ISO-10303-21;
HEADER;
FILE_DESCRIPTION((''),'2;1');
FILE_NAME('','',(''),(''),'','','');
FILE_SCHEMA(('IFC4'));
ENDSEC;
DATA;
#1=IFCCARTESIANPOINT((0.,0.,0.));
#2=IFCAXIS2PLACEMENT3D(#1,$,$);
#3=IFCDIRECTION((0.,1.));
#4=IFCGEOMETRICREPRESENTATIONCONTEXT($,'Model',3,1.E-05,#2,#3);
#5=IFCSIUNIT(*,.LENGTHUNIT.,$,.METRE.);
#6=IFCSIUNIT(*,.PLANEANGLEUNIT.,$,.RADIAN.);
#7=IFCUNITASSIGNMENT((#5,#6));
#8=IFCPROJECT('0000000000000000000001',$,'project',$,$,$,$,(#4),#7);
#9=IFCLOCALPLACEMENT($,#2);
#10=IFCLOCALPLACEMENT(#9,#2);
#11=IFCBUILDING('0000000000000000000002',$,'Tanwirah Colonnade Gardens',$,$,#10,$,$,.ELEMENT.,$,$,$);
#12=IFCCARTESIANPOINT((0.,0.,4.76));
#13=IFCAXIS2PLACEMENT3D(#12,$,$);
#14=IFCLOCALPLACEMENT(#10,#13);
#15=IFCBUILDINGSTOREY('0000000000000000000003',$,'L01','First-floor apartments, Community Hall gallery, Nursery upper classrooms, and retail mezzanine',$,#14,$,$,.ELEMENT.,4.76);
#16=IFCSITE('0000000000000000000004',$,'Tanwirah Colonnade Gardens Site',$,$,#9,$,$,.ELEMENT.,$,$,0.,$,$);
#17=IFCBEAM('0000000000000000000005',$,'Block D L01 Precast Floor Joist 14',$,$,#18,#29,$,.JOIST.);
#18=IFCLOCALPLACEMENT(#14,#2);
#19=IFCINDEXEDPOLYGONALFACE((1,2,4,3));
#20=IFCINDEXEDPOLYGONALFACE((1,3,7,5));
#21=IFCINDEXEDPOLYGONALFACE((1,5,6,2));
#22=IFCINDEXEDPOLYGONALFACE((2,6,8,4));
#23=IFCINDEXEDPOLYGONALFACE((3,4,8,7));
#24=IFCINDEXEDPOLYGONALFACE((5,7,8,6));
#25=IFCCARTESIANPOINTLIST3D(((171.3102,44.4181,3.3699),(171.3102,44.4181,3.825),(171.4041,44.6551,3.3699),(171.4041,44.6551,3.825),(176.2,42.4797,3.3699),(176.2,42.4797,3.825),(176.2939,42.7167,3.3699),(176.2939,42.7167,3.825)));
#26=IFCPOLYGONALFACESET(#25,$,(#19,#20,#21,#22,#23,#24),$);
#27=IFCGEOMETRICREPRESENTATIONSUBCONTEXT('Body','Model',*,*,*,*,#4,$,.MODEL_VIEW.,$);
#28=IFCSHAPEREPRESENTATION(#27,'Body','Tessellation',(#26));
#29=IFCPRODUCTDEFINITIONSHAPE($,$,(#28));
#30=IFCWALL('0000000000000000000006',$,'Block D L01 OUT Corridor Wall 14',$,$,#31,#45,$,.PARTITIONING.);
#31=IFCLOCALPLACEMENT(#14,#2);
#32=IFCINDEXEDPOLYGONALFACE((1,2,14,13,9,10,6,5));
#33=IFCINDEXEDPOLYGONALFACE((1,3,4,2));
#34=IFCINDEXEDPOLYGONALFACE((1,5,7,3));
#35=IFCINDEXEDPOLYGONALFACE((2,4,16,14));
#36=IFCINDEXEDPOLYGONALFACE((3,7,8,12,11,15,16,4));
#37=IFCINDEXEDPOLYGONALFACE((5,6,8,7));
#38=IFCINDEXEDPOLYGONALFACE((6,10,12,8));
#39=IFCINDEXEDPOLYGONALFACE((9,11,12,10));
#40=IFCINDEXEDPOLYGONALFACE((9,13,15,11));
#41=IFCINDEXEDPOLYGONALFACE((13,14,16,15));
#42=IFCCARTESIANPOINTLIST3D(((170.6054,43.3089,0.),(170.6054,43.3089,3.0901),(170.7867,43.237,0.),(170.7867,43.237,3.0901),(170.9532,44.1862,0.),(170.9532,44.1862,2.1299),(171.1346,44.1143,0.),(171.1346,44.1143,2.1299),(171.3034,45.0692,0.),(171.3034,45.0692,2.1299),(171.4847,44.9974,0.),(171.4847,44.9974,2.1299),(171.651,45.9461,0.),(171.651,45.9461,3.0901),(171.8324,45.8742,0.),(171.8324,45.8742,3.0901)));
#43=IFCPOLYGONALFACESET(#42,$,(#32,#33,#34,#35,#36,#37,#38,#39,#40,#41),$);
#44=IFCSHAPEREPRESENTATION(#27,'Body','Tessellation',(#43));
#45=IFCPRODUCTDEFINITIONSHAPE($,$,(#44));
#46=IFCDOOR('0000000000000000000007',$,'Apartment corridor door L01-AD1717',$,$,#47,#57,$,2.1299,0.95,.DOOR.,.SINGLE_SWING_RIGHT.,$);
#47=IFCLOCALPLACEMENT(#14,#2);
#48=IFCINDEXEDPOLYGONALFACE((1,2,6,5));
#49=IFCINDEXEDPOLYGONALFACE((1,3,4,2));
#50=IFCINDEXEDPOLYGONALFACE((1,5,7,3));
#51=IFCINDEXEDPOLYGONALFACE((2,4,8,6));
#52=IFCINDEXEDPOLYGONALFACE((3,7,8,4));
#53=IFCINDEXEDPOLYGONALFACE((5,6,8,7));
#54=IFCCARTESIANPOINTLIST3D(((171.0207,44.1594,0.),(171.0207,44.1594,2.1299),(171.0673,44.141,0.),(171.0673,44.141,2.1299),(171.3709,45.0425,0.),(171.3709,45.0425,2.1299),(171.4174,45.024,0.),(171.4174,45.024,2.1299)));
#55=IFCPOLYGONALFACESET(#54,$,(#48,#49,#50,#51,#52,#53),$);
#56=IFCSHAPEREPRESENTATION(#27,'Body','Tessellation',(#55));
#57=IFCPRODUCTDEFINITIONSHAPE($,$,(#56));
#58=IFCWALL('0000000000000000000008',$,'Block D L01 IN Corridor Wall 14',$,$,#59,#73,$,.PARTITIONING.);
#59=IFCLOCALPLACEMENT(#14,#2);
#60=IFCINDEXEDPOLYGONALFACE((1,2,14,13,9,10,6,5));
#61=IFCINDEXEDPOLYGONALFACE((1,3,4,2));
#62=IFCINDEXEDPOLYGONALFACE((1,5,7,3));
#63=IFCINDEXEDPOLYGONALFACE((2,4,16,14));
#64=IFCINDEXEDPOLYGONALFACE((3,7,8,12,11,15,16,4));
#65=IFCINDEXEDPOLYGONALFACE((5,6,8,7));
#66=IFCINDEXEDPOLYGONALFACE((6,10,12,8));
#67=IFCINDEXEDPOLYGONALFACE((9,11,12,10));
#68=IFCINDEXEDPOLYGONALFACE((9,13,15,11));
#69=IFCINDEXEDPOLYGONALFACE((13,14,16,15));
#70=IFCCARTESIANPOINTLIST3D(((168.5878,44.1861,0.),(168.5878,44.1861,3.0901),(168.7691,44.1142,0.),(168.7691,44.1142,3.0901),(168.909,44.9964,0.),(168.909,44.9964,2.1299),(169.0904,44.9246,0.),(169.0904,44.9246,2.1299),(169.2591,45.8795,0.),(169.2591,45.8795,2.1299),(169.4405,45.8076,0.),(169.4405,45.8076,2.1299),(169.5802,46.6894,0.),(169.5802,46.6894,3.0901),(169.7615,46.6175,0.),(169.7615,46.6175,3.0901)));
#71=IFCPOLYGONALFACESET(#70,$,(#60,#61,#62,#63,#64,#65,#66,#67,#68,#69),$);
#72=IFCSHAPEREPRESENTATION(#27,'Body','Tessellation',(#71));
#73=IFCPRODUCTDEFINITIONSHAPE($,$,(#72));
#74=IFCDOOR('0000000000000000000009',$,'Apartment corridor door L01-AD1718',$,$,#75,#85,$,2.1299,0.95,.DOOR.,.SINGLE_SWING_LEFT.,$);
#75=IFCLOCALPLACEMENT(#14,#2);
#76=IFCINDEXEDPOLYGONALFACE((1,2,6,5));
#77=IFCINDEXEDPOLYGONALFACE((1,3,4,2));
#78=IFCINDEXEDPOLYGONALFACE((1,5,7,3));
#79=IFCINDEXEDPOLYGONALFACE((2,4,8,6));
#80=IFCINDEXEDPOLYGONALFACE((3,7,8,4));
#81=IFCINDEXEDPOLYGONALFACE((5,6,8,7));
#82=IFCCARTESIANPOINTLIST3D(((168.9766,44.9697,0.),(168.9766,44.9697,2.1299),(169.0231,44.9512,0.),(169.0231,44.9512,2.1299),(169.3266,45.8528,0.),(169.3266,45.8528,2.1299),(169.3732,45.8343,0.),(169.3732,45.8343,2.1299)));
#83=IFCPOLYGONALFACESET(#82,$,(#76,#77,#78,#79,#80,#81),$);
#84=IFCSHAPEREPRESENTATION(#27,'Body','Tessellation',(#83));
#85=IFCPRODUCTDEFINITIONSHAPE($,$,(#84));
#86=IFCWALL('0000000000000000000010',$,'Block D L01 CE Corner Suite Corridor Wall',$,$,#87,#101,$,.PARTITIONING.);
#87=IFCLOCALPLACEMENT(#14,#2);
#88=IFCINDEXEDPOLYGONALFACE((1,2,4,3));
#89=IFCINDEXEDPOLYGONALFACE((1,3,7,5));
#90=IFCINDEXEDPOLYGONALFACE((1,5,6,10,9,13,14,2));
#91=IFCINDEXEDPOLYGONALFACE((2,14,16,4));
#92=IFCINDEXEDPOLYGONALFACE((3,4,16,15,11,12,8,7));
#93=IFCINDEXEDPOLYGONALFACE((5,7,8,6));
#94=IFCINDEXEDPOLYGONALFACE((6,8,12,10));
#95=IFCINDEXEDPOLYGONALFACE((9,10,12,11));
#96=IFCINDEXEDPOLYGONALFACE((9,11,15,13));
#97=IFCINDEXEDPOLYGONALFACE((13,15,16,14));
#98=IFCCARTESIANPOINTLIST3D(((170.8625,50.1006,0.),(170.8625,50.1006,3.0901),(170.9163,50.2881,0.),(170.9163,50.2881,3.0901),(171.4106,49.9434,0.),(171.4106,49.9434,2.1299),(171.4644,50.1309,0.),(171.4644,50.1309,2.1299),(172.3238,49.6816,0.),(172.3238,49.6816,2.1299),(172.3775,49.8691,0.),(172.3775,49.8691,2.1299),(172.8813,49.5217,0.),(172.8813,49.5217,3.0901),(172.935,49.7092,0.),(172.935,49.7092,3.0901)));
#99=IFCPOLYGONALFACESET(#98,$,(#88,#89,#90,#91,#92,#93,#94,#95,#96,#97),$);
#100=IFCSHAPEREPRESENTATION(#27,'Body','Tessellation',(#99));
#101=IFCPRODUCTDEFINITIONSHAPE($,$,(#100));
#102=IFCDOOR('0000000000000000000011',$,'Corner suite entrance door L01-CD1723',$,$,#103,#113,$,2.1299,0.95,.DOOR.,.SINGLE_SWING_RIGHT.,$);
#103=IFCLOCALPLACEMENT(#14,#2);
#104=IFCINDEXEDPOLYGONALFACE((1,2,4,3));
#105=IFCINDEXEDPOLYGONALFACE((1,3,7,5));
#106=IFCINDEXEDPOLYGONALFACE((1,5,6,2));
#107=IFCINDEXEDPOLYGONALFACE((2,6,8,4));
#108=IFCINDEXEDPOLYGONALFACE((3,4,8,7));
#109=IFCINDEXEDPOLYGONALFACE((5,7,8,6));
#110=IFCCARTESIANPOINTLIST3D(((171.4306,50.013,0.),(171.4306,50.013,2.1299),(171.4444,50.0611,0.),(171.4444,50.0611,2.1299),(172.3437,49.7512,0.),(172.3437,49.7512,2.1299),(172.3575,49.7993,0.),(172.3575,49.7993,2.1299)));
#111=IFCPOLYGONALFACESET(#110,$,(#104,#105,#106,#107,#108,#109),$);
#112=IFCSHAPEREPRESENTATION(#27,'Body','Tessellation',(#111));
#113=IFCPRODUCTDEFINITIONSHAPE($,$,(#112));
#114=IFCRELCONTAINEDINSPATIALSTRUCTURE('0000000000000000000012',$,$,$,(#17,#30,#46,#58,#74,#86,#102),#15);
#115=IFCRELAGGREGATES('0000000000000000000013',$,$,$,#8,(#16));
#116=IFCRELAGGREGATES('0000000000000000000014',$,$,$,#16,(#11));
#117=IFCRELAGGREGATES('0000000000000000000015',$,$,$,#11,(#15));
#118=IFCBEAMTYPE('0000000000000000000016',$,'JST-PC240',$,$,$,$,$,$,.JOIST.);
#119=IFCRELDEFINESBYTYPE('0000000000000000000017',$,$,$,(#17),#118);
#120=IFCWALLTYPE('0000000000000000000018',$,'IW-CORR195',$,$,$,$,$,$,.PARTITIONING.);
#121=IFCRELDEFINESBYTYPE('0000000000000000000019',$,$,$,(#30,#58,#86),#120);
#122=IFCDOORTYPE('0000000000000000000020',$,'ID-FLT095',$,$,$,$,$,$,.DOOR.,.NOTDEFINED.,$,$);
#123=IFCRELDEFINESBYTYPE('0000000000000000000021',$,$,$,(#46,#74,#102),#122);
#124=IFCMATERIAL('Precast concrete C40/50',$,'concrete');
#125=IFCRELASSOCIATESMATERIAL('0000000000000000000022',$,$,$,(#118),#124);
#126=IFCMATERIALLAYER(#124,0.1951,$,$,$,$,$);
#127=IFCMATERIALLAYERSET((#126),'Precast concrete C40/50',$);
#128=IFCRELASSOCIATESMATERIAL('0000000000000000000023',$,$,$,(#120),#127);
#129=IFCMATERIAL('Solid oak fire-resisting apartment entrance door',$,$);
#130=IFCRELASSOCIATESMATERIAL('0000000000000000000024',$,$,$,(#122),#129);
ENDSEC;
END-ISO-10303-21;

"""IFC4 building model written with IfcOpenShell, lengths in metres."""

from ifc_helpers import new_model, si_unit, direction, frame, frame_2d, origin, origin_2d, place, context, subcontext, project, spatial, rectangle, extrude, material, layer, layer_set, material_profile, profile_set, type_object, element, fill, save


model = new_model("IFC4")

# Units and contexts
model_context = context("Model", 3, precision=1e-05, world=origin(), true_north=direction((0.0, 1.0)))
body_context = subcontext(model_context, "Body", "Model", "MODEL_VIEW")
ifc_project = project(units=[si_unit("LENGTHUNIT", "METRE"), si_unit("PLANEANGLEUNIT", "RADIAN")], contexts=[model_context])

# Site, building, storey
site_placement = place(None, origin())
site = spatial("IfcSite", under=ifc_project, at=site_placement, Name="Tanwirah Colonnade Gardens Site", CompositionType="ELEMENT", RefElevation=0.0)
building_placement = place(site_placement, origin())
building = spatial("IfcBuilding", under=site, at=building_placement, Name="Tanwirah Colonnade Gardens", CompositionType="ELEMENT")
storey_placement = place(building_placement, frame((0.0, 0.0, 4.76)))
storey = spatial("IfcBuildingStorey", under=building, at=storey_placement, Name="L01", Description="First-floor apartments, Community Hall gallery, Nursery upper classrooms, and retail mezzanine", CompositionType="ELEMENT", Elevation=4.76)

# Beam
ifc_material_1 = material(Name="Precast concrete C40/50", Category="concrete")
ifc_material_profile_1 = material_profile(ifc_material_1, rectangle(XDim=0.2549, YDim=0.4551, at=origin_2d()), Name="PC-JST 255x455")
ifc_profile_set_1 = profile_set([ifc_material_profile_1], Name="Precast concrete C40/50")
beam_type_1 = type_object("IfcBeamType", Name="JST-PC240", PredefinedType="JOIST", material=ifc_profile_set_1)
beam_1_placement = place(storey_placement, frame((171.3572, 44.5366, 3.5974), z_axis=(0.929618, -0.368524, 0.0), x_axis=(0.368524, 0.929618, 0.0)))
element("IfcBeam", 1, at=beam_1_placement, inside=storey, type_object=beam_type_1, Name="Block D L01 Precast Floor Joist 14", PredefinedType="JOIST", context=body_context, shape_type="SweptSolid", body=[
    extrude(rectangle(XDim=0.2549, YDim=0.4551, at=origin_2d()), origin(), (0.0, 0.0, 1.0), 5.26),
])

# Walls, openings, doors
ifc_layer = layer(ifc_material_1, 0.1951)
ifc_layer_set = layer_set([ifc_layer], Name="Precast concrete C40/50")
wall_type = type_object("IfcWallType", Name="IW-CORR195", PredefinedType="PARTITIONING", material=ifc_layer_set)
wall_1_placement = place(storey_placement, frame((170.696, 43.2729, 0.0), z_axis=(0.0, 0.0, 1.0), x_axis=(0.368585, 0.929594, 0.0)))
wall_1 = element("IfcWall", 2, at=wall_1_placement, inside=storey, type_object=wall_type, Name="Block D L01 OUT Corridor Wall 14", PredefinedType="PARTITIONING", context=body_context, shape_type="SweptSolid", body=[
    extrude(rectangle(XDim=2.8369, YDim=0.1951, at=frame_2d((1.4185, 0.0))), origin(), (0.0, 0.0, 1.0), 3.0901),
])
opening_1_placement = place(wall_1_placement, frame((0.9436, 0.0, 0.0)))
opening_1 = element("IfcOpeningElement", 3, at=opening_1_placement, cuts=wall_1, PredefinedType="OPENING", context=body_context, shape_type="SweptSolid", body=[
    extrude(rectangle(XDim=0.95, YDim=2.1299, at=frame_2d((0.4751, 1.0649))), frame((0.0, 0.1074, 0.0), z_axis=(0.0, -1.0, 0.0), x_axis=(1.0, 0.0, 0.0)), (0.0, 0.0, 1.0), 0.2151),
])
ifc_material_2 = material(Name="Solid oak fire-resisting apartment entrance door")
door_type_1 = type_object("IfcDoorType", Name="ID-FLT095", OperationType="NOTDEFINED", PredefinedType="DOOR", material=ifc_material_2)
door_1_placement = place(opening_1_placement, origin())
door_1 = element("IfcDoor", 4, at=door_1_placement, inside=storey, type_object=door_type_1, Name="Apartment corridor door L01-AD1717", OperationType="SINGLE_SWING_RIGHT", OverallHeight=2.1299, OverallWidth=0.95, PredefinedType="DOOR", context=body_context, shape_type="SweptSolid", body=[
    extrude(rectangle(XDim=0.95, YDim=2.1299, at=frame_2d((0.4751, 1.0649))), frame((0.0, 0.0249, 0.0), z_axis=(0.0, -1.0, 0.0), x_axis=(1.0, 0.0, 0.0)), (0.0, 0.0, 1.0), 0.05),
])
fill(opening_1, door_1)
wall_2_placement = place(storey_placement, frame((168.6785, 44.1501, 0.0), z_axis=(0.0, 0.0, 1.0), x_axis=(0.368528, 0.929616, 0.0)))
wall_2 = element("IfcWall", 5, at=wall_2_placement, inside=storey, type_object=wall_type, Name="Block D L01 IN Corridor Wall 14", PredefinedType="PARTITIONING", context=body_context, shape_type="SweptSolid", body=[
    extrude(rectangle(XDim=2.6929, YDim=0.1951, at=frame_2d((1.3464, 0.0))), origin(), (0.0, 0.0, 1.0), 3.0901),
])
opening_2_placement = place(wall_2_placement, frame((0.8716, 0.0, 0.0)))
opening_2 = element("IfcOpeningElement", 6, at=opening_2_placement, cuts=wall_2, PredefinedType="OPENING", context=body_context, shape_type="SweptSolid", body=[
    extrude(rectangle(XDim=0.95, YDim=2.1299, at=frame_2d((0.4751, 1.0649))), frame((0.0, 0.1074, 0.0), z_axis=(0.0, -1.0, 0.0), x_axis=(1.0, 0.0, 0.0)), (0.0, 0.0, 1.0), 0.2151),
])
door_2_placement = place(opening_2_placement, origin())
door_2 = element("IfcDoor", 7, at=door_2_placement, inside=storey, type_object=door_type_1, Name="Apartment corridor door L01-AD1718", OperationType="SINGLE_SWING_LEFT", OverallHeight=2.1299, OverallWidth=0.95, PredefinedType="DOOR", context=body_context, shape_type="SweptSolid", body=[
    extrude(rectangle(XDim=0.95, YDim=2.1299, at=frame_2d((0.4751, 1.0649))), frame((0.0, 0.0249, 0.0), z_axis=(0.0, -1.0, 0.0), x_axis=(1.0, 0.0, 0.0)), (0.0, 0.0, 1.0), 0.05),
])
fill(opening_2, door_2)
wall_3_placement = place(storey_placement, frame((170.8894, 50.1943, 0.0), z_axis=(0.0, 0.0, 1.0), x_axis=(0.961265, -0.275627, 0.0)))
wall_3 = element("IfcWall", 8, at=wall_3_placement, inside=storey, type_object=wall_type, Name="Block D L01 CE Corner Suite Corridor Wall", PredefinedType="PARTITIONING", context=body_context, shape_type="SweptSolid", body=[
    extrude(rectangle(XDim=2.1001, YDim=0.1951, at=frame_2d((1.05, 0.0))), origin(), (0.0, 0.0, 1.0), 3.0901),
])
opening_3_placement = place(wall_3_placement, frame((0.5701, 0.0, 0.0)))
opening_3 = element("IfcOpeningElement", 9, at=opening_3_placement, cuts=wall_3, PredefinedType="OPENING", context=body_context, shape_type="SweptSolid", body=[
    extrude(rectangle(XDim=0.95, YDim=2.1299, at=frame_2d((0.4751, 1.0649))), frame((0.0, 0.1074, 0.0), z_axis=(0.0, -1.0, 0.0), x_axis=(1.0, 0.0, 0.0)), (0.0, 0.0, 1.0), 0.2151),
])
door_3_placement = place(opening_3_placement, origin())
door_3 = element("IfcDoor", 10, at=door_3_placement, inside=storey, type_object=door_type_1, Name="Corner suite entrance door L01-CD1723", OperationType="SINGLE_SWING_RIGHT", OverallHeight=2.1299, OverallWidth=0.95, PredefinedType="DOOR", context=body_context, shape_type="SweptSolid", body=[
    extrude(rectangle(XDim=0.95, YDim=2.1299, at=frame_2d((0.4751, 1.0649))), frame((0.0, 0.0249, 0.0), z_axis=(0.0, -1.0, 0.0), x_axis=(1.0, 0.0, 0.0)), (0.0, 0.0, 1.0), 0.05),
])
fill(opening_3, door_3)

save(model, "model.ifc")
